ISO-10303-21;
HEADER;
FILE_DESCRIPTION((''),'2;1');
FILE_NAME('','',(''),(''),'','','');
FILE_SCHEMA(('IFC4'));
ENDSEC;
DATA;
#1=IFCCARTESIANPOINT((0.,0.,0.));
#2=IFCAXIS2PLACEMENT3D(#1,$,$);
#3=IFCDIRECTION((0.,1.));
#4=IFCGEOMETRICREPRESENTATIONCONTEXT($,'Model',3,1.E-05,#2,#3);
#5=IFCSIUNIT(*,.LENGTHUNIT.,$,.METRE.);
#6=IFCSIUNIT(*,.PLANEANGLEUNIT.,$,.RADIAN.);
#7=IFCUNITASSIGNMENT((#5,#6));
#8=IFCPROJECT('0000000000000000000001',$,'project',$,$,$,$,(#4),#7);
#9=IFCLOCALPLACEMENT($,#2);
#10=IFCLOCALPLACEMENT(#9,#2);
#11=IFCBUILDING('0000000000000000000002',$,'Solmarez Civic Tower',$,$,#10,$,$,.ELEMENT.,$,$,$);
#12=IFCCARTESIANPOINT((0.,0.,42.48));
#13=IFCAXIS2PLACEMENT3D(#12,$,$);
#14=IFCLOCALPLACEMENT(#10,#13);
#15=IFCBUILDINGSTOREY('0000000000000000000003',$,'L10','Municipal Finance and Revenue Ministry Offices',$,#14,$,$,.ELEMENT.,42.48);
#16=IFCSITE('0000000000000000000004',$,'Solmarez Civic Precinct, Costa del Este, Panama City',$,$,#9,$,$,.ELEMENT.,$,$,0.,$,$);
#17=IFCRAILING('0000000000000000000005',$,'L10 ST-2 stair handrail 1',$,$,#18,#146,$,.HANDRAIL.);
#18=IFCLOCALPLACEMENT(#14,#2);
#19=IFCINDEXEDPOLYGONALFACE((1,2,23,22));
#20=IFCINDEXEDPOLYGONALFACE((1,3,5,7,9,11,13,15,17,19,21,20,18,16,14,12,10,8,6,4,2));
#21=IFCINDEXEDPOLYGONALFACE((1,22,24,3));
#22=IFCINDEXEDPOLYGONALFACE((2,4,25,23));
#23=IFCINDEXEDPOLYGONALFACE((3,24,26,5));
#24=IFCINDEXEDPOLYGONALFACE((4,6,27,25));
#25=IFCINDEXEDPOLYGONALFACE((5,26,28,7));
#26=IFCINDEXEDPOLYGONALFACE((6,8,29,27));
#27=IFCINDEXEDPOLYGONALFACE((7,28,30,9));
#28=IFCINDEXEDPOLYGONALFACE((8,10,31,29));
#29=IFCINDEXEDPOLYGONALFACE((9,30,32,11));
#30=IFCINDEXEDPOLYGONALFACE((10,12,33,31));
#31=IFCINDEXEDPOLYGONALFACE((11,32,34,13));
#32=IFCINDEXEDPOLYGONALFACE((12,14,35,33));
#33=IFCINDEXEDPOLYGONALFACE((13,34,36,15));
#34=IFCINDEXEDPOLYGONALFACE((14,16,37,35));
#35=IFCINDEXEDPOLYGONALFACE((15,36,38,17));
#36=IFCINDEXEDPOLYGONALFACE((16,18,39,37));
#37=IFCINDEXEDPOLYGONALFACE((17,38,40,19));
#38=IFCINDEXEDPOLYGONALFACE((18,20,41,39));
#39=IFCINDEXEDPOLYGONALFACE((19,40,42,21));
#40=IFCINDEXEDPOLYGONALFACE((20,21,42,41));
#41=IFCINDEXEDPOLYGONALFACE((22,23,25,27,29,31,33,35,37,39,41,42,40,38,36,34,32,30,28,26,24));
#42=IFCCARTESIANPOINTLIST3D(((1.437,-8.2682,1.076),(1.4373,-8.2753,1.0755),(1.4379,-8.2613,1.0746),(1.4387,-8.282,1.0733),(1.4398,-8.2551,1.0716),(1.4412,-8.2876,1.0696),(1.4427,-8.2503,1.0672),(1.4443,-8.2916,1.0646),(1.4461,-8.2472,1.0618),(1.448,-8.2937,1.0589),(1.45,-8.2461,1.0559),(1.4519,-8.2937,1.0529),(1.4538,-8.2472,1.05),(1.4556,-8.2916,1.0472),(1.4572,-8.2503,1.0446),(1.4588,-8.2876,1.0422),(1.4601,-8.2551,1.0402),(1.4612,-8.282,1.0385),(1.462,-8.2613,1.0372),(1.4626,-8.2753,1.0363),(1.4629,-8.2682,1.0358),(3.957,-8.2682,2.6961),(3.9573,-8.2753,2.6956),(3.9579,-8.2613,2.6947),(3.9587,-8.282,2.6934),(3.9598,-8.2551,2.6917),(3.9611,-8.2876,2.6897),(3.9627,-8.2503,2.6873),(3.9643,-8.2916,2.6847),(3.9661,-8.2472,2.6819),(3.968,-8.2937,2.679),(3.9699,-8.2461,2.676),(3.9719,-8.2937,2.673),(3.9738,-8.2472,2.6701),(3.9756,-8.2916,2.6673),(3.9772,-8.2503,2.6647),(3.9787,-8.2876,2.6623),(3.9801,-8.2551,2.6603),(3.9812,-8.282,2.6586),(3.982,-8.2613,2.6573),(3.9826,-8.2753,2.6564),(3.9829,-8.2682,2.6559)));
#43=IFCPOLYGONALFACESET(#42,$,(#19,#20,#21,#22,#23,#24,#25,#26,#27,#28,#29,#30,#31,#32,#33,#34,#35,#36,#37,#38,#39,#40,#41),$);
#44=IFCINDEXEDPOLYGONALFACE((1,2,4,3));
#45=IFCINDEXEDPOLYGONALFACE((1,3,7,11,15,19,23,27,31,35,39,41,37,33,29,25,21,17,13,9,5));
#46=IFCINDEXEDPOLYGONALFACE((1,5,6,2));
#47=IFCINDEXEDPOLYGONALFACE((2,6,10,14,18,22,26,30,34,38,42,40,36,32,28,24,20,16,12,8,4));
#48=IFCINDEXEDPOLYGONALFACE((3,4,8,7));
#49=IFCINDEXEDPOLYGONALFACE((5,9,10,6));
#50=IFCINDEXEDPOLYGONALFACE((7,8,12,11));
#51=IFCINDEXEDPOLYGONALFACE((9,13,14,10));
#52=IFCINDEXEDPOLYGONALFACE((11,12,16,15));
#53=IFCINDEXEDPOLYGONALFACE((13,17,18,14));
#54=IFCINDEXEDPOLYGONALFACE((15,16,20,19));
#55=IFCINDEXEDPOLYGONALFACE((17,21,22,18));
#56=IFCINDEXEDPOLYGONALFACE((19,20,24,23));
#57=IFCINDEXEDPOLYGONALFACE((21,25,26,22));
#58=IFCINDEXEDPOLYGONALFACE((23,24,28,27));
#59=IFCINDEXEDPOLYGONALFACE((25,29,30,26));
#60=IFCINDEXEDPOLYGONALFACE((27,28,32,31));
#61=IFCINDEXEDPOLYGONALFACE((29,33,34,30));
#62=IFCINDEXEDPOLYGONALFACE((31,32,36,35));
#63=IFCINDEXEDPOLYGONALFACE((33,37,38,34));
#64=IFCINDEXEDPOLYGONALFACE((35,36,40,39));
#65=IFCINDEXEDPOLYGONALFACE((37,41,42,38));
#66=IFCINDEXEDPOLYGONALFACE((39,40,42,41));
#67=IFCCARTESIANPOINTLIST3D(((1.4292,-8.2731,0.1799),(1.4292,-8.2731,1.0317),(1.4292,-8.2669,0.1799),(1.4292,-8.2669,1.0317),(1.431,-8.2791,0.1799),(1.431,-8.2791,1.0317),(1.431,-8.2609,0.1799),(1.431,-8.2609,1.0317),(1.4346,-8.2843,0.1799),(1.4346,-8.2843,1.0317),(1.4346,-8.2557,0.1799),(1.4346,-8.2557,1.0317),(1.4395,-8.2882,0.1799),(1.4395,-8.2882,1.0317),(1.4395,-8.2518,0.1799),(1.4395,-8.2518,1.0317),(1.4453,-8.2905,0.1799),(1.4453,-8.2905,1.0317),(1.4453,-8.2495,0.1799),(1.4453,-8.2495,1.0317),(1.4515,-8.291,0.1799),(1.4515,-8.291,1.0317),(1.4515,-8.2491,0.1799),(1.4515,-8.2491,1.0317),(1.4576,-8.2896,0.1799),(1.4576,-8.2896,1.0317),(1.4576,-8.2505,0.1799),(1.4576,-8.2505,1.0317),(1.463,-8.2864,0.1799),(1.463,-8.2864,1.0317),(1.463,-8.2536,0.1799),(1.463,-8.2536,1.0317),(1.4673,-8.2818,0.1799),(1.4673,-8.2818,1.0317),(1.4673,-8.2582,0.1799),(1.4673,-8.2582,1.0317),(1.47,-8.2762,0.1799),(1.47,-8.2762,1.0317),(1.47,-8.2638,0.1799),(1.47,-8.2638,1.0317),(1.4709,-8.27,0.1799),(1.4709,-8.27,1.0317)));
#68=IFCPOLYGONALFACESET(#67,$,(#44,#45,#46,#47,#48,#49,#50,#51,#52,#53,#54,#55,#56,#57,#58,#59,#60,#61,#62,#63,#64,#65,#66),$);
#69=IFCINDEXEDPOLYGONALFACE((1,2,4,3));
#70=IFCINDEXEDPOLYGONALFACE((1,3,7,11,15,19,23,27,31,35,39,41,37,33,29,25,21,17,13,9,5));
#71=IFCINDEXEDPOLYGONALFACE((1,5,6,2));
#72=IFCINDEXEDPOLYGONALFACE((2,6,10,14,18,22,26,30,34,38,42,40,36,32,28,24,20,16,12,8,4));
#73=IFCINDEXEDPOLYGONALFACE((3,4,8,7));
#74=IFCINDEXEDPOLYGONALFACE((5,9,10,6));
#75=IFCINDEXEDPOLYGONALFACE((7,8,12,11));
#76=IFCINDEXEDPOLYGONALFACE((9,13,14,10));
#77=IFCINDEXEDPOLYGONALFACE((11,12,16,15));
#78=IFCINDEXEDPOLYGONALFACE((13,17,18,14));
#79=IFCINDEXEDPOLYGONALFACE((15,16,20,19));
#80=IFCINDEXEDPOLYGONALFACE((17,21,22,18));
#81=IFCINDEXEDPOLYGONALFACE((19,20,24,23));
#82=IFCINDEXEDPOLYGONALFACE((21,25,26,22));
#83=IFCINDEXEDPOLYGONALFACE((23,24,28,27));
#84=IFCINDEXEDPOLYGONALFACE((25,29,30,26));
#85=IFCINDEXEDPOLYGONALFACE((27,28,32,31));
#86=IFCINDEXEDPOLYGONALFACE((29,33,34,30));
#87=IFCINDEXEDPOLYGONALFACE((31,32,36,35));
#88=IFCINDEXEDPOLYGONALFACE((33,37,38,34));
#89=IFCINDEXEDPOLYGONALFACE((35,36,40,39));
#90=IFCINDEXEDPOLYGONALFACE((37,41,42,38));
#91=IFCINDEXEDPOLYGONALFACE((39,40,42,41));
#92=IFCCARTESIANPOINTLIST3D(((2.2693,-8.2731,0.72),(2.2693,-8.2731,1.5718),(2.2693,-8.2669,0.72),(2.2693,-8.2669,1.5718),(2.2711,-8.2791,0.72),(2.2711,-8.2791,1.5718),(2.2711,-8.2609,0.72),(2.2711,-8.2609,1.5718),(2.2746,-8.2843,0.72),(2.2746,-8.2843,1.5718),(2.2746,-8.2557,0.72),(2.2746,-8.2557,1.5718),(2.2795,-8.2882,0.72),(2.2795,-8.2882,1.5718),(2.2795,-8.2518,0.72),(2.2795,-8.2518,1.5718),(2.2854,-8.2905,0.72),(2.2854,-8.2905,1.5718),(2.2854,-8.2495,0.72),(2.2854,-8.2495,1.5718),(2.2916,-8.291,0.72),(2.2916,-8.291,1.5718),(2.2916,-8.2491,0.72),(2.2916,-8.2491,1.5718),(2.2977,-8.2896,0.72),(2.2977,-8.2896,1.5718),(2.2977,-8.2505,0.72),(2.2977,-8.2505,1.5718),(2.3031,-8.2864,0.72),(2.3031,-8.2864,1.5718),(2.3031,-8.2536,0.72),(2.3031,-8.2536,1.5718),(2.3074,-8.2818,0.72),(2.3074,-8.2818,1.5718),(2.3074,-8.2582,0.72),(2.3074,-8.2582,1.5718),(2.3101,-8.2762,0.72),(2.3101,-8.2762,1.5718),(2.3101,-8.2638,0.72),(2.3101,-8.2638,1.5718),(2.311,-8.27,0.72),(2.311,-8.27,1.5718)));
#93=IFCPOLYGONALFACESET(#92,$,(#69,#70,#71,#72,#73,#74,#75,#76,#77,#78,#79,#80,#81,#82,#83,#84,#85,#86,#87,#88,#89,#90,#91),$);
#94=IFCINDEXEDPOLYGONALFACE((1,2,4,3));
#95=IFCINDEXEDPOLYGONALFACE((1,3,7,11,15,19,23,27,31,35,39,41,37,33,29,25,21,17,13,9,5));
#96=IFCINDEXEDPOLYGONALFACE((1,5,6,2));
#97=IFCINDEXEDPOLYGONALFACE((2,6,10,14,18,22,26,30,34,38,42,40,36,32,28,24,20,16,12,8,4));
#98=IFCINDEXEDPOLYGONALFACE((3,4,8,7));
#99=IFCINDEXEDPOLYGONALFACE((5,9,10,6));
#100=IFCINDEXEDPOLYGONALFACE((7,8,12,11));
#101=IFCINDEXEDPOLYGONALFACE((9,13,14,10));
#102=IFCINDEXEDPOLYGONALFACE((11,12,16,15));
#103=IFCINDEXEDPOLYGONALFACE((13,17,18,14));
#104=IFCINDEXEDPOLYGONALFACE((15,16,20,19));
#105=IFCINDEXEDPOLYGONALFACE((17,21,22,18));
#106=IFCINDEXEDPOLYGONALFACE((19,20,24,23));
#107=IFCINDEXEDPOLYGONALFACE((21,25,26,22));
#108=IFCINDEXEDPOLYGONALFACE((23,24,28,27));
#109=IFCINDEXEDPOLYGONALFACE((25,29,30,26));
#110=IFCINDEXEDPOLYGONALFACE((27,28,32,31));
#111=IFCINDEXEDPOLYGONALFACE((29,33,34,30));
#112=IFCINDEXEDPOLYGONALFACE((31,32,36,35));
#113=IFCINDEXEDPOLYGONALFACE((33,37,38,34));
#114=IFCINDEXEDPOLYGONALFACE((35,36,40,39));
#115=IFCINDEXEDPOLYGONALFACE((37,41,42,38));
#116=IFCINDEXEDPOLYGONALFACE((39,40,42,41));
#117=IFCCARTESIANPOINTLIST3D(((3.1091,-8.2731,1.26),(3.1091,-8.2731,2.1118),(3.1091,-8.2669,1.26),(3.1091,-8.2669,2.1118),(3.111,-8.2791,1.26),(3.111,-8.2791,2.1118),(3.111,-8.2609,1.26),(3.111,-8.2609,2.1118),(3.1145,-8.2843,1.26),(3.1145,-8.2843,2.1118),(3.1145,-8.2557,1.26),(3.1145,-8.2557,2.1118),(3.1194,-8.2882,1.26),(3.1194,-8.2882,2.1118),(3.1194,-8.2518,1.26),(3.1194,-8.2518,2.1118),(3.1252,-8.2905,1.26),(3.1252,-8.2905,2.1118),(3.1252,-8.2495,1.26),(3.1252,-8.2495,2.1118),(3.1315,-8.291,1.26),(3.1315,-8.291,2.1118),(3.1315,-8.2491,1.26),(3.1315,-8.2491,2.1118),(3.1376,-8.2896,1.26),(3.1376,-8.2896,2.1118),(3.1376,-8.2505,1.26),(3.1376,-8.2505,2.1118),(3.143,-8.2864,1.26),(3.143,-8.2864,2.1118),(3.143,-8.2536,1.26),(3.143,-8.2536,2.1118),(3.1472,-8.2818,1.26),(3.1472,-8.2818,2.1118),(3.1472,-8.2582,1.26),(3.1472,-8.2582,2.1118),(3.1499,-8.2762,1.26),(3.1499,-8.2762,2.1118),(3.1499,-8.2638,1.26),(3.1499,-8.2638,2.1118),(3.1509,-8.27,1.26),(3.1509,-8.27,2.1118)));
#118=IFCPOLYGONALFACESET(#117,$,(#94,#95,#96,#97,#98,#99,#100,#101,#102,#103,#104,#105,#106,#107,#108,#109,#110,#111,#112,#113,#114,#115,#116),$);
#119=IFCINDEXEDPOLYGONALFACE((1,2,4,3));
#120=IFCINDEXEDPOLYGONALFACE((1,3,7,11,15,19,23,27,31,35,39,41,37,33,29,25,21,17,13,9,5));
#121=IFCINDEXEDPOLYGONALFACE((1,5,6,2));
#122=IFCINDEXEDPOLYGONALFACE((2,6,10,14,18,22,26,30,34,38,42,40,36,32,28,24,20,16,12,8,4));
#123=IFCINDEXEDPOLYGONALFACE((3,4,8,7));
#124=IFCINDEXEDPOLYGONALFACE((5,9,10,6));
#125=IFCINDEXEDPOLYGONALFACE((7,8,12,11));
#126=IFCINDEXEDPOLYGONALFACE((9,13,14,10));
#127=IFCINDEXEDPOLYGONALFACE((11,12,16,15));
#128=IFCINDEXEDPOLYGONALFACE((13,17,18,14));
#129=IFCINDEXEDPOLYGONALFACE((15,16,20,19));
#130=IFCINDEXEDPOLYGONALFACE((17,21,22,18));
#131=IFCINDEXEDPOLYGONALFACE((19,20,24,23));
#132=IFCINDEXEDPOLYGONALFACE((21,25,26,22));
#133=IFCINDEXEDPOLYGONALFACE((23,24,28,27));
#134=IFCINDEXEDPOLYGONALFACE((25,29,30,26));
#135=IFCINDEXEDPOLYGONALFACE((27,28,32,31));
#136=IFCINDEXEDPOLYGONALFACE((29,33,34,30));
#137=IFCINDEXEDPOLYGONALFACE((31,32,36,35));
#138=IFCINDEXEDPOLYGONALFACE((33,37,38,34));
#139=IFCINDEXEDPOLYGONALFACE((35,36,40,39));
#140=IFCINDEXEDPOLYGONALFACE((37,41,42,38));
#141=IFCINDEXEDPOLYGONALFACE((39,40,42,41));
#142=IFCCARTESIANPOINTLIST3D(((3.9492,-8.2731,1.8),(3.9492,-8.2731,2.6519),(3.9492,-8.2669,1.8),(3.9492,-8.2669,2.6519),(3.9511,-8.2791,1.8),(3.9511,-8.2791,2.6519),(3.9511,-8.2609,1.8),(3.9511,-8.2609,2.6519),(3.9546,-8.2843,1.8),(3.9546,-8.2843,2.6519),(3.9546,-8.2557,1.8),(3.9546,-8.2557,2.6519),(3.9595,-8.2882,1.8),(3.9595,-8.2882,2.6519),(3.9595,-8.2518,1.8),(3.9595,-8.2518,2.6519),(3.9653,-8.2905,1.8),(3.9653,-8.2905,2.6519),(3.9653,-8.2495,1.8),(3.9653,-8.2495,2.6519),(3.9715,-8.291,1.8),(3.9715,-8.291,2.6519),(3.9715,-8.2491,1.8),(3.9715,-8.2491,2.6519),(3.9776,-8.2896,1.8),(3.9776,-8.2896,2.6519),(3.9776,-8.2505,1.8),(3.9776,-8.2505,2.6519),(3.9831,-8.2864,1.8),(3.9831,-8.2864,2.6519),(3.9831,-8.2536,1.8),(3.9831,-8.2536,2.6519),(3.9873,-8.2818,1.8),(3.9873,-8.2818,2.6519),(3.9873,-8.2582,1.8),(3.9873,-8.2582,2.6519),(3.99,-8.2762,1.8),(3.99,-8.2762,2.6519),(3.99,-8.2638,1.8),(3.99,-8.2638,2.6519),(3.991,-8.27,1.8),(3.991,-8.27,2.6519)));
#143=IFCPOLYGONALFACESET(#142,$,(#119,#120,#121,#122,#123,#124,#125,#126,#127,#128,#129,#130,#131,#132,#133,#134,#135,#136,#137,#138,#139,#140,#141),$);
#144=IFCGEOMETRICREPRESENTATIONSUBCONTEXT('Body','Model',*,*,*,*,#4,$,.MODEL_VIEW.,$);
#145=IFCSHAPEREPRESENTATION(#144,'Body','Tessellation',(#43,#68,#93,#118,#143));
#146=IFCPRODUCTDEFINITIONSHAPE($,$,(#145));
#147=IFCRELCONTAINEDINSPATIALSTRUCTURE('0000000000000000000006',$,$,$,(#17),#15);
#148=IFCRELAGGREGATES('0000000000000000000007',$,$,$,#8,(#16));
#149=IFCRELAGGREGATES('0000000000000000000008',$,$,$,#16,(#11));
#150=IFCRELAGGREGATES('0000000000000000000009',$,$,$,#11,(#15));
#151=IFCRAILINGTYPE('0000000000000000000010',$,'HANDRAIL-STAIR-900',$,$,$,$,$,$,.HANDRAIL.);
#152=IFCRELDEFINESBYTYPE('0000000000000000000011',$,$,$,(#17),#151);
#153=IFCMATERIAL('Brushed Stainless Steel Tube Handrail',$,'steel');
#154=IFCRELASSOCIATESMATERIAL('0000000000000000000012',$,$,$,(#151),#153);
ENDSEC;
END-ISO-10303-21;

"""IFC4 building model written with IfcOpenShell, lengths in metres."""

from ifc_helpers import new_model, si_unit, direction, frame, origin, origin_2d, place, context, subcontext, project, spatial, circle, extrude, material, type_object, element, save


model = new_model("IFC4")

# Units and contexts
model_context = context("Model", 3, precision=1e-05, world=origin(), true_north=direction((0.0, 1.0)))
body_context = subcontext(model_context, "Body", "Model", "MODEL_VIEW")
ifc_project = project(units=[si_unit("LENGTHUNIT", "METRE"), si_unit("PLANEANGLEUNIT", "RADIAN")], contexts=[model_context])

# Site, building, storey
site_placement = place(None, origin())
site = spatial("IfcSite", under=ifc_project, at=site_placement, Name="Solmarez Civic Precinct, Costa del Este, Panama City", CompositionType="ELEMENT", RefElevation=0.0)
building_placement = place(site_placement, origin())
building = spatial("IfcBuilding", under=site, at=building_placement, Name="Solmarez Civic Tower", CompositionType="ELEMENT")
storey_placement = place(building_placement, frame((0.0, 0.0, 42.48)))
storey = spatial("IfcBuildingStorey", under=building, at=storey_placement, Name="L10", Description="Municipal Finance and Revenue Ministry Offices", CompositionType="ELEMENT", Elevation=42.48)

# Railing
ifc_material_1 = material(Name="Brushed Stainless Steel Tube Handrail", Category="steel")
railing_type_1 = type_object("IfcRailingType", Name="HANDRAIL-STAIR-900", PredefinedType="HANDRAIL", material=ifc_material_1)
railing_1_placement = place(storey_placement, frame((1.45, -8.27, 0.1799)))
element("IfcRailing", 1, at=railing_1_placement, inside=storey, type_object=railing_type_1, Name="L10 ST-2 stair handrail 1", PredefinedType="HANDRAIL", context=body_context, shape_type="SweptSolid", body=[
    extrude(circle(Radius=0.0239, at=origin_2d()), frame((0.0, 0.0, 0.876), z_axis=(0.841163, 0.0, 0.540782), x_axis=(0.0, 1.0, 0.0)), (0.0, 0.0, 1.0), 2.9958),
    extrude(circle(Radius=0.021, at=origin_2d()), origin(), (0.0, 0.0, 1.0), 0.8518),
    extrude(circle(Radius=0.021, at=origin_2d()), frame((0.8401, 0.0, 0.54)), (0.0, 0.0, 1.0), 0.8518),
    extrude(circle(Radius=0.021, at=origin_2d()), frame((1.6799, 0.0, 1.0801)), (0.0, 0.0, 1.0), 0.8518),
    extrude(circle(Radius=0.021, at=origin_2d()), frame((2.52, 0.0, 1.6201)), (0.0, 0.0, 1.0), 0.8518),
])

save(model, "model.ifc")
